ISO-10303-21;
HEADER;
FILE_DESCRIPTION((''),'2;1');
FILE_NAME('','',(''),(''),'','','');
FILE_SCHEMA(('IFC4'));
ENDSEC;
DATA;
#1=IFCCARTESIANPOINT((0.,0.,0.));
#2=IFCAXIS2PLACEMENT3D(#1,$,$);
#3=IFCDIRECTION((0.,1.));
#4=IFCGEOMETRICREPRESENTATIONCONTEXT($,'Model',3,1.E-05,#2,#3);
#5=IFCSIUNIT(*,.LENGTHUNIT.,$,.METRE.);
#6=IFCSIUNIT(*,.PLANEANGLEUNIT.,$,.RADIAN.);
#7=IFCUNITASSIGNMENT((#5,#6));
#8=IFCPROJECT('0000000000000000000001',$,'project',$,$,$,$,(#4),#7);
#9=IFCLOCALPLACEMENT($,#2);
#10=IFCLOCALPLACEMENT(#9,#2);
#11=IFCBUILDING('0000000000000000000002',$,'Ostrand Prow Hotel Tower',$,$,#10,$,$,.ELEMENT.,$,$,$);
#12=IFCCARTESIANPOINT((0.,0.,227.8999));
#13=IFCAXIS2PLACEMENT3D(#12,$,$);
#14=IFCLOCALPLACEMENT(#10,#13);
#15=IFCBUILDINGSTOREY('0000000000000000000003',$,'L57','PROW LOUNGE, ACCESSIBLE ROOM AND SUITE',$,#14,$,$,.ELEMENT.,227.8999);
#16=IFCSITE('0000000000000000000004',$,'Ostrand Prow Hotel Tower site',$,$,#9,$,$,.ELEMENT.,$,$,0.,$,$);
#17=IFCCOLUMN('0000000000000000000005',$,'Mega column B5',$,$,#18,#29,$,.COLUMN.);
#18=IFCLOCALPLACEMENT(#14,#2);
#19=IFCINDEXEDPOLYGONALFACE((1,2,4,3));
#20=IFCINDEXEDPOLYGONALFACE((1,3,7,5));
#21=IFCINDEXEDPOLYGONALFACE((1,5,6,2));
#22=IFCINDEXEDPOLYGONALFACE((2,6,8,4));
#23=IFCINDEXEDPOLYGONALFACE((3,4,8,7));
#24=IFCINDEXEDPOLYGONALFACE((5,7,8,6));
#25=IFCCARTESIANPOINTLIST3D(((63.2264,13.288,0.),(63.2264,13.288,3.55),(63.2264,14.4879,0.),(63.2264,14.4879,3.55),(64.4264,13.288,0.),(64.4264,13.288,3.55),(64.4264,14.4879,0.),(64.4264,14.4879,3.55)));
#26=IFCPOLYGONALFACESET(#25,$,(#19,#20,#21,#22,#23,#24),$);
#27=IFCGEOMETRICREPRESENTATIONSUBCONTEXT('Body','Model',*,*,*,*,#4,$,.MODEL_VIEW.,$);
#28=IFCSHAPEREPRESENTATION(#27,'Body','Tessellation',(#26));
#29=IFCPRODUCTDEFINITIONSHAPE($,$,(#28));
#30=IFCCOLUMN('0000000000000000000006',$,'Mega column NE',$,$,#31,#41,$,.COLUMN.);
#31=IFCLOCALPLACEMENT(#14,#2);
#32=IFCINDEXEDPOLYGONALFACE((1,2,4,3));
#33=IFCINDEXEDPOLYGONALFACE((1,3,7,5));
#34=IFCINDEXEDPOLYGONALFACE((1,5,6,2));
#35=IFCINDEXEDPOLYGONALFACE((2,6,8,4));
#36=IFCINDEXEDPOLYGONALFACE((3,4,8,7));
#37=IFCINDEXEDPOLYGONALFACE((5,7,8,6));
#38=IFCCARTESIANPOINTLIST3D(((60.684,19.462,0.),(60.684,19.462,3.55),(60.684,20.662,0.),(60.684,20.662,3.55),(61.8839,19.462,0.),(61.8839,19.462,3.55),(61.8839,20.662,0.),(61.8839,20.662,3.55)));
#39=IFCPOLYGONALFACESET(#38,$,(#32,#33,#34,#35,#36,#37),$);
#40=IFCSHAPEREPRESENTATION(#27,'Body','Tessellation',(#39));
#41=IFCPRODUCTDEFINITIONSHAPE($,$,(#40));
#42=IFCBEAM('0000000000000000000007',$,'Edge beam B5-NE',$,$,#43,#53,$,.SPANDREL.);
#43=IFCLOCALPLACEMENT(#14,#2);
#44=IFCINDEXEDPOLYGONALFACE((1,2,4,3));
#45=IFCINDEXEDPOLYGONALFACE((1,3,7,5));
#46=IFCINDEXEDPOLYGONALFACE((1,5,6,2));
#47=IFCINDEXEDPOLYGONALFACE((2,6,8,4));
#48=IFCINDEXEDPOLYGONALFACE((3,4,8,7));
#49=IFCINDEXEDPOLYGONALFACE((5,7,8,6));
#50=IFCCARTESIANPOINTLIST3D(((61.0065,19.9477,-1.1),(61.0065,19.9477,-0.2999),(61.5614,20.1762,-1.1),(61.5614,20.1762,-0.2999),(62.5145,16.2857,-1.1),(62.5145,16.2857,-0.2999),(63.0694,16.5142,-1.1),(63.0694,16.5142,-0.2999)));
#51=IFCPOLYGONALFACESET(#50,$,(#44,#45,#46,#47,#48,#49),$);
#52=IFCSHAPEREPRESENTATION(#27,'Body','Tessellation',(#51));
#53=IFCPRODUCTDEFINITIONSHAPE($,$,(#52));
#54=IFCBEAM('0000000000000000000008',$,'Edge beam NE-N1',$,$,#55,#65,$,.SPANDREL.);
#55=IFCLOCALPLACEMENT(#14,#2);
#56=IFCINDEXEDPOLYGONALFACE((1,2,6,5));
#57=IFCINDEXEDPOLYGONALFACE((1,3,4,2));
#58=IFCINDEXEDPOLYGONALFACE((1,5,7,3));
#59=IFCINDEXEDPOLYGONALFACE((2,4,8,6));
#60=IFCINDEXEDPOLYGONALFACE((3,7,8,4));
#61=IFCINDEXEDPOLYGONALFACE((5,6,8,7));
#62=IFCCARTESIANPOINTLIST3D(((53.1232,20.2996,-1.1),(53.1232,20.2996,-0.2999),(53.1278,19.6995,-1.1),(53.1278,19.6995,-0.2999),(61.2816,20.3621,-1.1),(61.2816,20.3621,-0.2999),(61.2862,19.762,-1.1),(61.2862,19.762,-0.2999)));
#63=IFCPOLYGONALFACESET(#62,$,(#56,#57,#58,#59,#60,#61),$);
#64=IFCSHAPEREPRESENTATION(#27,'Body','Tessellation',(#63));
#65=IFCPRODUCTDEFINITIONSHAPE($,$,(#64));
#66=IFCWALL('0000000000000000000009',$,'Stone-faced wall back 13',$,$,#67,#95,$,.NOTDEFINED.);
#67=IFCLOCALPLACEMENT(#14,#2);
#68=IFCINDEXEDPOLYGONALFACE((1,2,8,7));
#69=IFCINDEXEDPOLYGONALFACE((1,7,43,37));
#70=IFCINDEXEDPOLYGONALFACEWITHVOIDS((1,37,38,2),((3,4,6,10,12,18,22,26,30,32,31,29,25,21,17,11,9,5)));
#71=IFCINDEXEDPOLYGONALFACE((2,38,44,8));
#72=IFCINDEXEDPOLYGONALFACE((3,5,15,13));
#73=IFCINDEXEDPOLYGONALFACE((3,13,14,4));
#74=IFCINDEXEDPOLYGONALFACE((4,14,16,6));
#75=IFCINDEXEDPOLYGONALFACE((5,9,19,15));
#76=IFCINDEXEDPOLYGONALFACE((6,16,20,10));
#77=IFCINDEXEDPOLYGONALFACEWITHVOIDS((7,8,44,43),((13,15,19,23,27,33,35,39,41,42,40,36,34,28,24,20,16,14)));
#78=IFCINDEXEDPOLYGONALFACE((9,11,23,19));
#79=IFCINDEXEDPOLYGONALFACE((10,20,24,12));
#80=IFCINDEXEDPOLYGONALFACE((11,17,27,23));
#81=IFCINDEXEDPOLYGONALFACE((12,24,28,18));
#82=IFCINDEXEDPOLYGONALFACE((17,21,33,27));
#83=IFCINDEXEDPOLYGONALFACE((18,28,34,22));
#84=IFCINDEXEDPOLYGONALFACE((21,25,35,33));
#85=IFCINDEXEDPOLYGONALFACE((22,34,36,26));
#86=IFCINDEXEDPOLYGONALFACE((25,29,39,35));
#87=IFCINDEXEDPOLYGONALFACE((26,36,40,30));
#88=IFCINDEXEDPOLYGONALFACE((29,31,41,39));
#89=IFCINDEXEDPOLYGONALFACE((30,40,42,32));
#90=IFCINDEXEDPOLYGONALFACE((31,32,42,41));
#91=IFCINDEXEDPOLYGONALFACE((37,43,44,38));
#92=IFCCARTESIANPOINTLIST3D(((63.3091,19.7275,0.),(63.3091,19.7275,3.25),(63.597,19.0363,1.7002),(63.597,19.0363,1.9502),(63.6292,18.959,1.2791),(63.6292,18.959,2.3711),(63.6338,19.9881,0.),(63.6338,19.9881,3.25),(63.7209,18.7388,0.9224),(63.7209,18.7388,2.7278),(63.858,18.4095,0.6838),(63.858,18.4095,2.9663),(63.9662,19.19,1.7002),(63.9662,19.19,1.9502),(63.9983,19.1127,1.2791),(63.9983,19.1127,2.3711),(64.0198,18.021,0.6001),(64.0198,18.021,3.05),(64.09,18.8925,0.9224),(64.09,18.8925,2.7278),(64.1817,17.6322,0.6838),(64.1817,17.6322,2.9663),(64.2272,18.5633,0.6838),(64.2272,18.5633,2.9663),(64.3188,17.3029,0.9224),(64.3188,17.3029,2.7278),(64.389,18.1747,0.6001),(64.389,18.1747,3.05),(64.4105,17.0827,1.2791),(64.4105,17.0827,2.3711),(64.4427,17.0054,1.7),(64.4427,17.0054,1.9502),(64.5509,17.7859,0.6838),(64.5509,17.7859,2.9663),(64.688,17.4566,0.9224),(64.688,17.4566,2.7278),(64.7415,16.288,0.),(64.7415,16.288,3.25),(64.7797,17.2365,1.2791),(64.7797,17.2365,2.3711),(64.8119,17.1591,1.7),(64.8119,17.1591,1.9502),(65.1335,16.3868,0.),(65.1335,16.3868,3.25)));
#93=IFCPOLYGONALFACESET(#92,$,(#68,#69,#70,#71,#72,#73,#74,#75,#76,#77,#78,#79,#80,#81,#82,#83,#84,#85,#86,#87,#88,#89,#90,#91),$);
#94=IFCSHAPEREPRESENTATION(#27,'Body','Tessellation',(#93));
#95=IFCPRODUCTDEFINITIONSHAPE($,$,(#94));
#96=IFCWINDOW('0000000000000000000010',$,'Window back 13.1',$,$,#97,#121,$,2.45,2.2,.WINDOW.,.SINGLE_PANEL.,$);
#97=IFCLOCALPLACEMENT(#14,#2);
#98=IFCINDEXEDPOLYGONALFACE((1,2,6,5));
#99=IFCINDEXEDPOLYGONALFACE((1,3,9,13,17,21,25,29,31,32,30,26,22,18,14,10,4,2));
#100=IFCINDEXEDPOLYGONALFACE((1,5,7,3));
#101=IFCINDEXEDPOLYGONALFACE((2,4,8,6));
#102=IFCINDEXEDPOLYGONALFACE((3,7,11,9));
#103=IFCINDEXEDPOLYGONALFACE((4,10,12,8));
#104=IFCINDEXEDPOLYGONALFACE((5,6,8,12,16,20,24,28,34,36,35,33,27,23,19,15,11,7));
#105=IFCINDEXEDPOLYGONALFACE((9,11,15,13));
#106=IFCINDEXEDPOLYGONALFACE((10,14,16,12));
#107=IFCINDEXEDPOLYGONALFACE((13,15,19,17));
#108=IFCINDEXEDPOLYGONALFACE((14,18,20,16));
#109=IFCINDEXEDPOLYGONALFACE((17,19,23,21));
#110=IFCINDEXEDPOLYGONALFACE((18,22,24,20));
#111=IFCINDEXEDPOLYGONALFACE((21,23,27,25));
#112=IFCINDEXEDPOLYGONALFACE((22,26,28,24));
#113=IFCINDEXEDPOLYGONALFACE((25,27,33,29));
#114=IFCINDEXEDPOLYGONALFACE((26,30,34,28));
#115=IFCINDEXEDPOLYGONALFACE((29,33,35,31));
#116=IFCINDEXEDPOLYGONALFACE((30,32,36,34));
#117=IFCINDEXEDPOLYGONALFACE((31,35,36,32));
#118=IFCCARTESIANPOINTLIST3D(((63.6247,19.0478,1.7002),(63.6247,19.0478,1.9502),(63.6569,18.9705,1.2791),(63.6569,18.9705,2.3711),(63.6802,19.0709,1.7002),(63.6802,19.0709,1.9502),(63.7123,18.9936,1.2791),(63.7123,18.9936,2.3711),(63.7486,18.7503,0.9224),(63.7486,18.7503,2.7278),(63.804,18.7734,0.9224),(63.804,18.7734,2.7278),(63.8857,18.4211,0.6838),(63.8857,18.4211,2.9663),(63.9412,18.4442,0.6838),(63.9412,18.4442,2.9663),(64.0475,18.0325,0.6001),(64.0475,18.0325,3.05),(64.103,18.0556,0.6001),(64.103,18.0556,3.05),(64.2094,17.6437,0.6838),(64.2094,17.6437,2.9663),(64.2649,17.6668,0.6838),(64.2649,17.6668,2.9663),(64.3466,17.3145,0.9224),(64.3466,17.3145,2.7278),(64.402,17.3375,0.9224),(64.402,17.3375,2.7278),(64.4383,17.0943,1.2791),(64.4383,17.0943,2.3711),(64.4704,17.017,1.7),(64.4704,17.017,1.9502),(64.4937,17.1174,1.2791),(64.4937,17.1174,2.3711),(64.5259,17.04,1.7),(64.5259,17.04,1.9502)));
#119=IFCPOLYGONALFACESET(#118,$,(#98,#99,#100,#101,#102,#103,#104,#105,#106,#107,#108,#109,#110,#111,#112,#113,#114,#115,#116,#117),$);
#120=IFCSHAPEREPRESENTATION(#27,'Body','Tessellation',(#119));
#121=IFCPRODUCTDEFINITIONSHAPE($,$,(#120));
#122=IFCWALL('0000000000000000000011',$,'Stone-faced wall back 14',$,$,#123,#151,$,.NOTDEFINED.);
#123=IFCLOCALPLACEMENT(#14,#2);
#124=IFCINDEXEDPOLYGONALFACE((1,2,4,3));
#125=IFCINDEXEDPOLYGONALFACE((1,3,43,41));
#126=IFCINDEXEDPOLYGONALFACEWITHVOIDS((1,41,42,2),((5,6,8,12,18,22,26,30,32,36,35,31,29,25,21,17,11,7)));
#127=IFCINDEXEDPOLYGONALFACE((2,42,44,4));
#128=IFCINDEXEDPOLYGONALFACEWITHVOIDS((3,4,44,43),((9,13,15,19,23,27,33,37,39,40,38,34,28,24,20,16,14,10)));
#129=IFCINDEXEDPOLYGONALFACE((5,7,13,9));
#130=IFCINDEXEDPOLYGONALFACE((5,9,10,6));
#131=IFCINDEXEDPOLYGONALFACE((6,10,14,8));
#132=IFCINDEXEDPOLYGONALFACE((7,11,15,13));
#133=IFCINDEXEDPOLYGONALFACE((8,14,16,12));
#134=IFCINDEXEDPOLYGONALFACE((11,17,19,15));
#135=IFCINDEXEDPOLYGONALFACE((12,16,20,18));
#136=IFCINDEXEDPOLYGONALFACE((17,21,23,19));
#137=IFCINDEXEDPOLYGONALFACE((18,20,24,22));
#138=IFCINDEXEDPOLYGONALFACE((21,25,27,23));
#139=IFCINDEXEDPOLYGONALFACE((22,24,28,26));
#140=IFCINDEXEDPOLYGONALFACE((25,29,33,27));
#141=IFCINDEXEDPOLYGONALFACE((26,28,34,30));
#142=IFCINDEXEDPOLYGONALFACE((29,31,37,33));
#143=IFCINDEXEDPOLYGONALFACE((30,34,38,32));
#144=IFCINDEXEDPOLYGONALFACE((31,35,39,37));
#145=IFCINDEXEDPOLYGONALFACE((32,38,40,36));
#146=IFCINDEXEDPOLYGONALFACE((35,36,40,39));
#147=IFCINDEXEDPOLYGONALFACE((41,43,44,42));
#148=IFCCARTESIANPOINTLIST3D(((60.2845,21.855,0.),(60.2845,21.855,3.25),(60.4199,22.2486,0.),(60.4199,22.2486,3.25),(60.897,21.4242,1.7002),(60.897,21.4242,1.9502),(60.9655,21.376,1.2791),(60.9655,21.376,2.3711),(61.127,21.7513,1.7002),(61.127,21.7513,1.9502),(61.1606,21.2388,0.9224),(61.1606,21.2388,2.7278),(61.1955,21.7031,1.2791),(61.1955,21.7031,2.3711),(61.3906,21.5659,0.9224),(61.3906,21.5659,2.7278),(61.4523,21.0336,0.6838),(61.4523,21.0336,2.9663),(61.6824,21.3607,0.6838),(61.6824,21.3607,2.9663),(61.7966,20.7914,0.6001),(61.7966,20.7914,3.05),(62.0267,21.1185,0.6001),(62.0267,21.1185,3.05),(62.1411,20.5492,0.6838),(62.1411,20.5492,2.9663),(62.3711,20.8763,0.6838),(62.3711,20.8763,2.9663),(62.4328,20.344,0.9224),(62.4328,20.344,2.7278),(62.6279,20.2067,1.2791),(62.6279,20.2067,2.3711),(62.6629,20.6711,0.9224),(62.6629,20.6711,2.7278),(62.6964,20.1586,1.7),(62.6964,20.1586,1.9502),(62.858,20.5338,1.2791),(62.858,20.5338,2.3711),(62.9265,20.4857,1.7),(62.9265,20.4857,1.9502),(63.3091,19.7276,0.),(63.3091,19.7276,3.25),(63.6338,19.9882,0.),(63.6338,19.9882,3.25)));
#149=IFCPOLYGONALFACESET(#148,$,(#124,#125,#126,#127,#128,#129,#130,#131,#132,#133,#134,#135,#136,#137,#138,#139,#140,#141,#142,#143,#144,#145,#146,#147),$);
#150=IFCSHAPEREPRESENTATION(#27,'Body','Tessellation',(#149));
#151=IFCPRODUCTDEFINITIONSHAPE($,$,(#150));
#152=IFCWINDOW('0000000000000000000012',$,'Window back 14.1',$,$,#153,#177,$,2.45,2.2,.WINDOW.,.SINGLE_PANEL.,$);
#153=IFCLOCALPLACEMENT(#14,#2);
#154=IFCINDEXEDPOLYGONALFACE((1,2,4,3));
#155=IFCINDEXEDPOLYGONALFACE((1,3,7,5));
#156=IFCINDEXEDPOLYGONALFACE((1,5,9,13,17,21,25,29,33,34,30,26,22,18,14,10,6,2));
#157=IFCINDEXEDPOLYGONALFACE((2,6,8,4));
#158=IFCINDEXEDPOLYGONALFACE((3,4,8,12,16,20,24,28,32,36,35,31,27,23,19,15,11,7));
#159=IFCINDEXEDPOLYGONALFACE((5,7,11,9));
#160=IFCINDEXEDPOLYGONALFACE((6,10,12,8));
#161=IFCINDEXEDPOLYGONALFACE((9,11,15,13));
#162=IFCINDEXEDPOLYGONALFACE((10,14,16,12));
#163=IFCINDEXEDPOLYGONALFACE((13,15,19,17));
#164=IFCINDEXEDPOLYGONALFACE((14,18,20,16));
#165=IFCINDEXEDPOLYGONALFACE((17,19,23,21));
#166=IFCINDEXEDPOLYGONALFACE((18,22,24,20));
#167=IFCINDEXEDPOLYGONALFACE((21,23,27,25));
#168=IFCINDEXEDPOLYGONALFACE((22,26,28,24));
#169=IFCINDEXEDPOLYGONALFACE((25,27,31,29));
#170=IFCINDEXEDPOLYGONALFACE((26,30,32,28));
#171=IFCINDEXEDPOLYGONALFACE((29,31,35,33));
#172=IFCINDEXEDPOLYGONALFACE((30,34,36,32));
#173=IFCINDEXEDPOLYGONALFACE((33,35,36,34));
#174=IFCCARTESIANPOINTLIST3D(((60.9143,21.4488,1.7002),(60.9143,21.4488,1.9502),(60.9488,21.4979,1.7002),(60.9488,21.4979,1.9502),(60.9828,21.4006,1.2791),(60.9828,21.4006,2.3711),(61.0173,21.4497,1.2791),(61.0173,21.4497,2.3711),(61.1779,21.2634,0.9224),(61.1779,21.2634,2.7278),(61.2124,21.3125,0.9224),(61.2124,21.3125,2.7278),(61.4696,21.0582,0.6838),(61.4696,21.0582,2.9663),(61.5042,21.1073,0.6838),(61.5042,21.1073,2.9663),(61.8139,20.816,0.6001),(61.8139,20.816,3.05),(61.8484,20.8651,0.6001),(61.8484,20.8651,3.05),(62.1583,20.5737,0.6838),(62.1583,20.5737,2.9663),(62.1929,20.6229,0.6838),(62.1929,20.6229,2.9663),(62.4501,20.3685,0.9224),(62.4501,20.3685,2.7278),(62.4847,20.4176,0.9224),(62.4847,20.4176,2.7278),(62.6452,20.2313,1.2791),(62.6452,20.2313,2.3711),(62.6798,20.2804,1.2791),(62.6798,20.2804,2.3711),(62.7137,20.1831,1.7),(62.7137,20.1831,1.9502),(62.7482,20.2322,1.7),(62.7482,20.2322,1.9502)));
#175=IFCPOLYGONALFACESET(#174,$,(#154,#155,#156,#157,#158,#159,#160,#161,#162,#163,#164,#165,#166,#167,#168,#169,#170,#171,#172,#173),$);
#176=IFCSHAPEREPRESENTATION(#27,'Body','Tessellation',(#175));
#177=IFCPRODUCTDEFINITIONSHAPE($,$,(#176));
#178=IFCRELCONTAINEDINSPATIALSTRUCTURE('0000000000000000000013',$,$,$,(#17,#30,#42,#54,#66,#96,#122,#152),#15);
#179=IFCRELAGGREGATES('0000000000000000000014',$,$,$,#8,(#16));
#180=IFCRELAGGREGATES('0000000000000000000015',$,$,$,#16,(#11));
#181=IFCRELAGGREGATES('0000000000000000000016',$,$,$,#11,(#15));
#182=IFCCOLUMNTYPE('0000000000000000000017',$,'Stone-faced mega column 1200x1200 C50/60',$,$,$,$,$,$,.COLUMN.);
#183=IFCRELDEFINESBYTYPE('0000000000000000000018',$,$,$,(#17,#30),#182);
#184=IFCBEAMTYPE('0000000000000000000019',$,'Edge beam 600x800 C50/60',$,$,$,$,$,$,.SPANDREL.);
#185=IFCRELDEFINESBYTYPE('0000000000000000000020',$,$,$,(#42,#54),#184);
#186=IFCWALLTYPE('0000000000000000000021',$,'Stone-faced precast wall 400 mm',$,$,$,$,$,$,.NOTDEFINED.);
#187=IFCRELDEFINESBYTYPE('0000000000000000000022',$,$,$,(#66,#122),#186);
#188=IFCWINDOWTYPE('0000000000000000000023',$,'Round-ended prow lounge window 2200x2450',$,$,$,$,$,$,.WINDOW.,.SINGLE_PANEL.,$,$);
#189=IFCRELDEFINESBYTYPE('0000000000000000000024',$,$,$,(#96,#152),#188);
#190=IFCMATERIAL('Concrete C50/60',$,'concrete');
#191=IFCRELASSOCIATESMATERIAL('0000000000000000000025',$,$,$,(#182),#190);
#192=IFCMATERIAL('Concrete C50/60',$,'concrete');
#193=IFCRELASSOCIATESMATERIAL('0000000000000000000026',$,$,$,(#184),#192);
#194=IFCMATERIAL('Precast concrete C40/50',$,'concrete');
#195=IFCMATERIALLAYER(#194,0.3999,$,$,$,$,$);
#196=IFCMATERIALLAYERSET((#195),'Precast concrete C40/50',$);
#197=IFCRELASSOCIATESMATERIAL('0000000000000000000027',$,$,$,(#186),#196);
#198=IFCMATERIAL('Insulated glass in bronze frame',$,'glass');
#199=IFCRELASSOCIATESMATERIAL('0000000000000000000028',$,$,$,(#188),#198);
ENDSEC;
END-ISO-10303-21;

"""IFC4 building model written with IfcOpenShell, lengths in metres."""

from ifc_helpers import new_model, si_unit, direction, frame, origin, origin_2d, place, context, subcontext, project, spatial, polyline, rectangle, outline, extrude, material, layer, layer_set, material_profile, profile_set, type_object, element, fill, save


model = new_model("IFC4")

# Units and contexts
model_context = context("Model", 3, precision=1e-05, world=origin(), true_north=direction((0.0, 1.0)))
body_context = subcontext(model_context, "Body", "Model", "MODEL_VIEW")
ifc_project = project(units=[si_unit("LENGTHUNIT", "METRE"), si_unit("PLANEANGLEUNIT", "RADIAN")], contexts=[model_context])

# Site, building, storey
site_placement = place(None, origin())
site = spatial("IfcSite", under=ifc_project, at=site_placement, Name="Ostrand Prow Hotel Tower site", CompositionType="ELEMENT", RefElevation=0.0)
building_placement = place(site_placement, origin())
building = spatial("IfcBuilding", under=site, at=building_placement, Name="Ostrand Prow Hotel Tower", CompositionType="ELEMENT")
storey_placement = place(building_placement, frame((0.0, 0.0, 227.8999)))
storey = spatial("IfcBuildingStorey", under=building, at=storey_placement, Name="L57", Description="PROW LOUNGE, ACCESSIBLE ROOM AND SUITE", CompositionType="ELEMENT", Elevation=227.8999)

# Columns
ifc_material_1 = material(Name="Concrete C50/60", Category="concrete")
ifc_material_profile_1 = material_profile(ifc_material_1, rectangle(XDim=1.2, YDim=1.2, at=origin_2d()), Name="RC 1200x1200")
ifc_profile_set_1 = profile_set([ifc_material_profile_1], Name="Concrete C50/60")
column_type = type_object("IfcColumnType", Name="Stone-faced mega column 1200x1200 C50/60", PredefinedType="COLUMN", material=ifc_profile_set_1)
for number, where, z_axis, x_axis, name in (
    (1, (63.8264, 13.8879, 0.0), (0.0, 0.0, 1.0), (1.0, 0.0, 0.0), "Mega column B5"),
    (2, (61.2839, 20.062, 0.0), (0.0, 0.0, 1.0), (1.0, 0.0, 0.0), "Mega column NE"),
):
    element("IfcColumn", number, at=place(storey_placement, frame(where, z_axis=z_axis, x_axis=x_axis)), inside=storey, type_object=column_type, Name=name, PredefinedType="COLUMN", context=body_context, shape_type="SweptSolid", body=[
        extrude(rectangle(XDim=1.2, YDim=1.2, at=origin_2d()), origin(), (0.0, 0.0, 1.0), 3.55),
    ])

# Beams
ifc_material_2 = material(Name="Concrete C50/60", Category="concrete")
ifc_material_profile_2 = material_profile(ifc_material_2, rectangle(XDim=0.6001, YDim=0.8, at=origin_2d()), Name="RC 600x800")
ifc_profile_set_2 = profile_set([ifc_material_profile_2], Name="Concrete C50/60")
beam_type = type_object("IfcBeamType", Name="Edge beam 600x800 C50/60", PredefinedType="SPANDREL", material=ifc_profile_set_2)
beam_1_placement = place(storey_placement, frame((62.792, 16.3999, -0.7), z_axis=(-0.380778, 0.924667, 0.0), x_axis=(-0.924667, -0.380778, 0.0)))
element("IfcBeam", 3, at=beam_1_placement, inside=storey, type_object=beam_type, Name="Edge beam B5-NE", PredefinedType="SPANDREL", context=body_context, shape_type="SweptSolid", body=[
    extrude(rectangle(XDim=0.6001, YDim=0.8, at=origin_2d()), origin(), (0.0, 0.0, 1.0), 3.9604),
])
beam_2_placement = place(storey_placement, frame((61.2839, 20.062, -0.7), z_axis=(-0.999971, -0.007661, 0.0), x_axis=(0.007661, -0.999971, 0.0)))
element("IfcBeam", 4, at=beam_2_placement, inside=storey, type_object=beam_type, Name="Edge beam NE-N1", PredefinedType="SPANDREL", context=body_context, shape_type="SweptSolid", body=[
    extrude(rectangle(XDim=0.6001, YDim=0.8, at=origin_2d()), origin(), (0.0, 0.0, 1.0), 8.1587),
])

# Walls, openings, windows
ifc_material_3 = material(Name="Precast concrete C40/50", Category="concrete")
ifc_layer_1 = layer(ifc_material_3, 0.3999)
ifc_layer_set_1 = layer_set([ifc_layer_1], Name="Precast concrete C40/50")
wall_type = type_object("IfcWallType", Name="Stone-faced precast wall 400 mm", PredefinedType="NOTDEFINED", material=ifc_layer_set_1)
wall_1_placement = place(storey_placement, frame((64.9375, 16.3374, 0.0), z_axis=(0.0, 0.0, 1.0), x_axis=(-0.384434, 0.923153, 0.0)))
wall_1 = element("IfcWall", 5, at=wall_1_placement, inside=storey, type_object=wall_type, Name="Stone-faced wall back 13", PredefinedType="NOTDEFINED", context=body_context, shape_type="SweptSolid", body=[
    extrude(outline(polyline([(-0.0298, -0.2), (3.8713, -0.2), (3.7556, 0.2), (0.0298, 0.2), (-0.0298, -0.2)])), origin(), (0.0, 0.0, 1.0), 3.25),
])
opening_1_placement = place(wall_1_placement, frame((0.8069, 0.0, 0.6001)))
opening_1 = element("IfcOpeningElement", 6, at=opening_1_placement, cuts=wall_1, PredefinedType="OPENING", context=body_context, shape_type="SweptSolid", body=[
    extrude(outline(polyline([(0.0, 1.3501), (0.0837, 1.771), (0.3223, 2.1277), (0.679, 2.3662), (1.1001, 2.45), (1.521, 2.3662), (1.8777, 2.1277), (2.1162, 1.771), (2.2, 1.3501), (2.2, 1.1001), (2.1162, 0.679), (1.8777, 0.3223), (1.521, 0.0837), (1.1001, 0.0), (0.679, 0.0837), (0.3223, 0.3223), (0.0837, 0.679), (0.0, 1.0999), (0.0, 1.3501)])), frame((0.0, 0.21, 0.0), z_axis=(0.0, -1.0, 0.0), x_axis=(1.0, 0.0, 0.0)), (0.0, 0.0, 1.0), 0.4199),
])
ifc_material_4 = material(Name="Insulated glass in bronze frame", Category="glass")
window_type = type_object("IfcWindowType", Name="Round-ended prow lounge window 2200x2450", PartitioningType="SINGLE_PANEL", PredefinedType="WINDOW", material=ifc_material_4)
window_1_placement = place(opening_1_placement, origin())
window_1 = element("IfcWindow", 7, at=window_1_placement, inside=storey, type_object=window_type, Name="Window back 13.1", OverallHeight=2.45, OverallWidth=2.2, PartitioningType="SINGLE_PANEL", PredefinedType="WINDOW", context=body_context, shape_type="SweptSolid", body=[
    extrude(outline(polyline([(0.0, 1.3501), (0.0837, 1.771), (0.3223, 2.1277), (0.679, 2.3662), (1.1001, 2.45), (1.521, 2.3662), (1.8777, 2.1277), (2.1162, 1.771), (2.2, 1.3501), (2.2, 1.1001), (2.1162, 0.679), (1.8777, 0.3223), (1.521, 0.0837), (1.1001, 0.0), (0.679, 0.0837), (0.3223, 0.3223), (0.0837, 0.679), (0.0, 1.0999), (0.0, 1.3501)])), frame((0.0, 0.1699, 0.0), z_axis=(0.0, -1.0, 0.0), x_axis=(1.0, 0.0, 0.0)), (0.0, 0.0, 1.0), 0.0601),
])
fill(opening_1, window_1)
wall_2_placement = place(storey_placement, frame((63.4714, 19.8579, 0.0), z_axis=(0.0, 0.0, 1.0), x_axis=(-0.817943, 0.5753, 0.0)))
wall_2 = element("IfcWall", 8, at=wall_2_placement, inside=storey, type_object=wall_type, Name="Stone-faced wall back 14", PredefinedType="NOTDEFINED", context=body_context, shape_type="SweptSolid", body=[
    extrude(outline(polyline([(-0.0579, -0.2), (3.8713, -0.2), (3.7556, 0.2), (0.0579, 0.2), (-0.0579, -0.2)])), origin(), (0.0, 0.0, 1.0), 3.25),
])
opening_2_placement = place(wall_2_placement, frame((0.8069, 0.0, 0.6001)))
opening_2 = element("IfcOpeningElement", 9, at=opening_2_placement, cuts=wall_2, PredefinedType="OPENING", context=body_context, shape_type="SweptSolid", body=[
    extrude(outline(polyline([(0.0, 1.3501), (0.0837, 1.771), (0.3223, 2.1277), (0.679, 2.3662), (1.1001, 2.45), (1.521, 2.3662), (1.8777, 2.1277), (2.1162, 1.771), (2.2, 1.3501), (2.2, 1.1001), (2.1162, 0.679), (1.8777, 0.3223), (1.521, 0.0837), (1.1001, 0.0), (0.679, 0.0837), (0.3223, 0.3223), (0.0837, 0.679), (0.0, 1.0999), (0.0, 1.3501)])), frame((0.0, 0.21, 0.0), z_axis=(0.0, -1.0, 0.0), x_axis=(1.0, 0.0, 0.0)), (0.0, 0.0, 1.0), 0.4199),
])
window_2_placement = place(opening_2_placement, origin())
window_2 = element("IfcWindow", 10, at=window_2_placement, inside=storey, type_object=window_type, Name="Window back 14.1", OverallHeight=2.45, OverallWidth=2.2, PartitioningType="SINGLE_PANEL", PredefinedType="WINDOW", context=body_context, shape_type="SweptSolid", body=[
    extrude(outline(polyline([(0.0, 1.3501), (0.0837, 1.771), (0.3223, 2.1277), (0.679, 2.3662), (1.1001, 2.45), (1.521, 2.3662), (1.8777, 2.1277), (2.1162, 1.771), (2.2, 1.3501), (2.2, 1.1001), (2.1162, 0.679), (1.8777, 0.3223), (1.521, 0.0837), (1.1001, 0.0), (0.679, 0.0837), (0.3223, 0.3223), (0.0837, 0.679), (0.0, 1.0999), (0.0, 1.3501)])), frame((0.0, 0.1699, 0.0), z_axis=(0.0, -1.0, 0.0), x_axis=(1.0, 0.0, 0.0)), (0.0, 0.0, 1.0), 0.0601),
])
fill(opening_2, window_2)

save(model, "model.ifc")
